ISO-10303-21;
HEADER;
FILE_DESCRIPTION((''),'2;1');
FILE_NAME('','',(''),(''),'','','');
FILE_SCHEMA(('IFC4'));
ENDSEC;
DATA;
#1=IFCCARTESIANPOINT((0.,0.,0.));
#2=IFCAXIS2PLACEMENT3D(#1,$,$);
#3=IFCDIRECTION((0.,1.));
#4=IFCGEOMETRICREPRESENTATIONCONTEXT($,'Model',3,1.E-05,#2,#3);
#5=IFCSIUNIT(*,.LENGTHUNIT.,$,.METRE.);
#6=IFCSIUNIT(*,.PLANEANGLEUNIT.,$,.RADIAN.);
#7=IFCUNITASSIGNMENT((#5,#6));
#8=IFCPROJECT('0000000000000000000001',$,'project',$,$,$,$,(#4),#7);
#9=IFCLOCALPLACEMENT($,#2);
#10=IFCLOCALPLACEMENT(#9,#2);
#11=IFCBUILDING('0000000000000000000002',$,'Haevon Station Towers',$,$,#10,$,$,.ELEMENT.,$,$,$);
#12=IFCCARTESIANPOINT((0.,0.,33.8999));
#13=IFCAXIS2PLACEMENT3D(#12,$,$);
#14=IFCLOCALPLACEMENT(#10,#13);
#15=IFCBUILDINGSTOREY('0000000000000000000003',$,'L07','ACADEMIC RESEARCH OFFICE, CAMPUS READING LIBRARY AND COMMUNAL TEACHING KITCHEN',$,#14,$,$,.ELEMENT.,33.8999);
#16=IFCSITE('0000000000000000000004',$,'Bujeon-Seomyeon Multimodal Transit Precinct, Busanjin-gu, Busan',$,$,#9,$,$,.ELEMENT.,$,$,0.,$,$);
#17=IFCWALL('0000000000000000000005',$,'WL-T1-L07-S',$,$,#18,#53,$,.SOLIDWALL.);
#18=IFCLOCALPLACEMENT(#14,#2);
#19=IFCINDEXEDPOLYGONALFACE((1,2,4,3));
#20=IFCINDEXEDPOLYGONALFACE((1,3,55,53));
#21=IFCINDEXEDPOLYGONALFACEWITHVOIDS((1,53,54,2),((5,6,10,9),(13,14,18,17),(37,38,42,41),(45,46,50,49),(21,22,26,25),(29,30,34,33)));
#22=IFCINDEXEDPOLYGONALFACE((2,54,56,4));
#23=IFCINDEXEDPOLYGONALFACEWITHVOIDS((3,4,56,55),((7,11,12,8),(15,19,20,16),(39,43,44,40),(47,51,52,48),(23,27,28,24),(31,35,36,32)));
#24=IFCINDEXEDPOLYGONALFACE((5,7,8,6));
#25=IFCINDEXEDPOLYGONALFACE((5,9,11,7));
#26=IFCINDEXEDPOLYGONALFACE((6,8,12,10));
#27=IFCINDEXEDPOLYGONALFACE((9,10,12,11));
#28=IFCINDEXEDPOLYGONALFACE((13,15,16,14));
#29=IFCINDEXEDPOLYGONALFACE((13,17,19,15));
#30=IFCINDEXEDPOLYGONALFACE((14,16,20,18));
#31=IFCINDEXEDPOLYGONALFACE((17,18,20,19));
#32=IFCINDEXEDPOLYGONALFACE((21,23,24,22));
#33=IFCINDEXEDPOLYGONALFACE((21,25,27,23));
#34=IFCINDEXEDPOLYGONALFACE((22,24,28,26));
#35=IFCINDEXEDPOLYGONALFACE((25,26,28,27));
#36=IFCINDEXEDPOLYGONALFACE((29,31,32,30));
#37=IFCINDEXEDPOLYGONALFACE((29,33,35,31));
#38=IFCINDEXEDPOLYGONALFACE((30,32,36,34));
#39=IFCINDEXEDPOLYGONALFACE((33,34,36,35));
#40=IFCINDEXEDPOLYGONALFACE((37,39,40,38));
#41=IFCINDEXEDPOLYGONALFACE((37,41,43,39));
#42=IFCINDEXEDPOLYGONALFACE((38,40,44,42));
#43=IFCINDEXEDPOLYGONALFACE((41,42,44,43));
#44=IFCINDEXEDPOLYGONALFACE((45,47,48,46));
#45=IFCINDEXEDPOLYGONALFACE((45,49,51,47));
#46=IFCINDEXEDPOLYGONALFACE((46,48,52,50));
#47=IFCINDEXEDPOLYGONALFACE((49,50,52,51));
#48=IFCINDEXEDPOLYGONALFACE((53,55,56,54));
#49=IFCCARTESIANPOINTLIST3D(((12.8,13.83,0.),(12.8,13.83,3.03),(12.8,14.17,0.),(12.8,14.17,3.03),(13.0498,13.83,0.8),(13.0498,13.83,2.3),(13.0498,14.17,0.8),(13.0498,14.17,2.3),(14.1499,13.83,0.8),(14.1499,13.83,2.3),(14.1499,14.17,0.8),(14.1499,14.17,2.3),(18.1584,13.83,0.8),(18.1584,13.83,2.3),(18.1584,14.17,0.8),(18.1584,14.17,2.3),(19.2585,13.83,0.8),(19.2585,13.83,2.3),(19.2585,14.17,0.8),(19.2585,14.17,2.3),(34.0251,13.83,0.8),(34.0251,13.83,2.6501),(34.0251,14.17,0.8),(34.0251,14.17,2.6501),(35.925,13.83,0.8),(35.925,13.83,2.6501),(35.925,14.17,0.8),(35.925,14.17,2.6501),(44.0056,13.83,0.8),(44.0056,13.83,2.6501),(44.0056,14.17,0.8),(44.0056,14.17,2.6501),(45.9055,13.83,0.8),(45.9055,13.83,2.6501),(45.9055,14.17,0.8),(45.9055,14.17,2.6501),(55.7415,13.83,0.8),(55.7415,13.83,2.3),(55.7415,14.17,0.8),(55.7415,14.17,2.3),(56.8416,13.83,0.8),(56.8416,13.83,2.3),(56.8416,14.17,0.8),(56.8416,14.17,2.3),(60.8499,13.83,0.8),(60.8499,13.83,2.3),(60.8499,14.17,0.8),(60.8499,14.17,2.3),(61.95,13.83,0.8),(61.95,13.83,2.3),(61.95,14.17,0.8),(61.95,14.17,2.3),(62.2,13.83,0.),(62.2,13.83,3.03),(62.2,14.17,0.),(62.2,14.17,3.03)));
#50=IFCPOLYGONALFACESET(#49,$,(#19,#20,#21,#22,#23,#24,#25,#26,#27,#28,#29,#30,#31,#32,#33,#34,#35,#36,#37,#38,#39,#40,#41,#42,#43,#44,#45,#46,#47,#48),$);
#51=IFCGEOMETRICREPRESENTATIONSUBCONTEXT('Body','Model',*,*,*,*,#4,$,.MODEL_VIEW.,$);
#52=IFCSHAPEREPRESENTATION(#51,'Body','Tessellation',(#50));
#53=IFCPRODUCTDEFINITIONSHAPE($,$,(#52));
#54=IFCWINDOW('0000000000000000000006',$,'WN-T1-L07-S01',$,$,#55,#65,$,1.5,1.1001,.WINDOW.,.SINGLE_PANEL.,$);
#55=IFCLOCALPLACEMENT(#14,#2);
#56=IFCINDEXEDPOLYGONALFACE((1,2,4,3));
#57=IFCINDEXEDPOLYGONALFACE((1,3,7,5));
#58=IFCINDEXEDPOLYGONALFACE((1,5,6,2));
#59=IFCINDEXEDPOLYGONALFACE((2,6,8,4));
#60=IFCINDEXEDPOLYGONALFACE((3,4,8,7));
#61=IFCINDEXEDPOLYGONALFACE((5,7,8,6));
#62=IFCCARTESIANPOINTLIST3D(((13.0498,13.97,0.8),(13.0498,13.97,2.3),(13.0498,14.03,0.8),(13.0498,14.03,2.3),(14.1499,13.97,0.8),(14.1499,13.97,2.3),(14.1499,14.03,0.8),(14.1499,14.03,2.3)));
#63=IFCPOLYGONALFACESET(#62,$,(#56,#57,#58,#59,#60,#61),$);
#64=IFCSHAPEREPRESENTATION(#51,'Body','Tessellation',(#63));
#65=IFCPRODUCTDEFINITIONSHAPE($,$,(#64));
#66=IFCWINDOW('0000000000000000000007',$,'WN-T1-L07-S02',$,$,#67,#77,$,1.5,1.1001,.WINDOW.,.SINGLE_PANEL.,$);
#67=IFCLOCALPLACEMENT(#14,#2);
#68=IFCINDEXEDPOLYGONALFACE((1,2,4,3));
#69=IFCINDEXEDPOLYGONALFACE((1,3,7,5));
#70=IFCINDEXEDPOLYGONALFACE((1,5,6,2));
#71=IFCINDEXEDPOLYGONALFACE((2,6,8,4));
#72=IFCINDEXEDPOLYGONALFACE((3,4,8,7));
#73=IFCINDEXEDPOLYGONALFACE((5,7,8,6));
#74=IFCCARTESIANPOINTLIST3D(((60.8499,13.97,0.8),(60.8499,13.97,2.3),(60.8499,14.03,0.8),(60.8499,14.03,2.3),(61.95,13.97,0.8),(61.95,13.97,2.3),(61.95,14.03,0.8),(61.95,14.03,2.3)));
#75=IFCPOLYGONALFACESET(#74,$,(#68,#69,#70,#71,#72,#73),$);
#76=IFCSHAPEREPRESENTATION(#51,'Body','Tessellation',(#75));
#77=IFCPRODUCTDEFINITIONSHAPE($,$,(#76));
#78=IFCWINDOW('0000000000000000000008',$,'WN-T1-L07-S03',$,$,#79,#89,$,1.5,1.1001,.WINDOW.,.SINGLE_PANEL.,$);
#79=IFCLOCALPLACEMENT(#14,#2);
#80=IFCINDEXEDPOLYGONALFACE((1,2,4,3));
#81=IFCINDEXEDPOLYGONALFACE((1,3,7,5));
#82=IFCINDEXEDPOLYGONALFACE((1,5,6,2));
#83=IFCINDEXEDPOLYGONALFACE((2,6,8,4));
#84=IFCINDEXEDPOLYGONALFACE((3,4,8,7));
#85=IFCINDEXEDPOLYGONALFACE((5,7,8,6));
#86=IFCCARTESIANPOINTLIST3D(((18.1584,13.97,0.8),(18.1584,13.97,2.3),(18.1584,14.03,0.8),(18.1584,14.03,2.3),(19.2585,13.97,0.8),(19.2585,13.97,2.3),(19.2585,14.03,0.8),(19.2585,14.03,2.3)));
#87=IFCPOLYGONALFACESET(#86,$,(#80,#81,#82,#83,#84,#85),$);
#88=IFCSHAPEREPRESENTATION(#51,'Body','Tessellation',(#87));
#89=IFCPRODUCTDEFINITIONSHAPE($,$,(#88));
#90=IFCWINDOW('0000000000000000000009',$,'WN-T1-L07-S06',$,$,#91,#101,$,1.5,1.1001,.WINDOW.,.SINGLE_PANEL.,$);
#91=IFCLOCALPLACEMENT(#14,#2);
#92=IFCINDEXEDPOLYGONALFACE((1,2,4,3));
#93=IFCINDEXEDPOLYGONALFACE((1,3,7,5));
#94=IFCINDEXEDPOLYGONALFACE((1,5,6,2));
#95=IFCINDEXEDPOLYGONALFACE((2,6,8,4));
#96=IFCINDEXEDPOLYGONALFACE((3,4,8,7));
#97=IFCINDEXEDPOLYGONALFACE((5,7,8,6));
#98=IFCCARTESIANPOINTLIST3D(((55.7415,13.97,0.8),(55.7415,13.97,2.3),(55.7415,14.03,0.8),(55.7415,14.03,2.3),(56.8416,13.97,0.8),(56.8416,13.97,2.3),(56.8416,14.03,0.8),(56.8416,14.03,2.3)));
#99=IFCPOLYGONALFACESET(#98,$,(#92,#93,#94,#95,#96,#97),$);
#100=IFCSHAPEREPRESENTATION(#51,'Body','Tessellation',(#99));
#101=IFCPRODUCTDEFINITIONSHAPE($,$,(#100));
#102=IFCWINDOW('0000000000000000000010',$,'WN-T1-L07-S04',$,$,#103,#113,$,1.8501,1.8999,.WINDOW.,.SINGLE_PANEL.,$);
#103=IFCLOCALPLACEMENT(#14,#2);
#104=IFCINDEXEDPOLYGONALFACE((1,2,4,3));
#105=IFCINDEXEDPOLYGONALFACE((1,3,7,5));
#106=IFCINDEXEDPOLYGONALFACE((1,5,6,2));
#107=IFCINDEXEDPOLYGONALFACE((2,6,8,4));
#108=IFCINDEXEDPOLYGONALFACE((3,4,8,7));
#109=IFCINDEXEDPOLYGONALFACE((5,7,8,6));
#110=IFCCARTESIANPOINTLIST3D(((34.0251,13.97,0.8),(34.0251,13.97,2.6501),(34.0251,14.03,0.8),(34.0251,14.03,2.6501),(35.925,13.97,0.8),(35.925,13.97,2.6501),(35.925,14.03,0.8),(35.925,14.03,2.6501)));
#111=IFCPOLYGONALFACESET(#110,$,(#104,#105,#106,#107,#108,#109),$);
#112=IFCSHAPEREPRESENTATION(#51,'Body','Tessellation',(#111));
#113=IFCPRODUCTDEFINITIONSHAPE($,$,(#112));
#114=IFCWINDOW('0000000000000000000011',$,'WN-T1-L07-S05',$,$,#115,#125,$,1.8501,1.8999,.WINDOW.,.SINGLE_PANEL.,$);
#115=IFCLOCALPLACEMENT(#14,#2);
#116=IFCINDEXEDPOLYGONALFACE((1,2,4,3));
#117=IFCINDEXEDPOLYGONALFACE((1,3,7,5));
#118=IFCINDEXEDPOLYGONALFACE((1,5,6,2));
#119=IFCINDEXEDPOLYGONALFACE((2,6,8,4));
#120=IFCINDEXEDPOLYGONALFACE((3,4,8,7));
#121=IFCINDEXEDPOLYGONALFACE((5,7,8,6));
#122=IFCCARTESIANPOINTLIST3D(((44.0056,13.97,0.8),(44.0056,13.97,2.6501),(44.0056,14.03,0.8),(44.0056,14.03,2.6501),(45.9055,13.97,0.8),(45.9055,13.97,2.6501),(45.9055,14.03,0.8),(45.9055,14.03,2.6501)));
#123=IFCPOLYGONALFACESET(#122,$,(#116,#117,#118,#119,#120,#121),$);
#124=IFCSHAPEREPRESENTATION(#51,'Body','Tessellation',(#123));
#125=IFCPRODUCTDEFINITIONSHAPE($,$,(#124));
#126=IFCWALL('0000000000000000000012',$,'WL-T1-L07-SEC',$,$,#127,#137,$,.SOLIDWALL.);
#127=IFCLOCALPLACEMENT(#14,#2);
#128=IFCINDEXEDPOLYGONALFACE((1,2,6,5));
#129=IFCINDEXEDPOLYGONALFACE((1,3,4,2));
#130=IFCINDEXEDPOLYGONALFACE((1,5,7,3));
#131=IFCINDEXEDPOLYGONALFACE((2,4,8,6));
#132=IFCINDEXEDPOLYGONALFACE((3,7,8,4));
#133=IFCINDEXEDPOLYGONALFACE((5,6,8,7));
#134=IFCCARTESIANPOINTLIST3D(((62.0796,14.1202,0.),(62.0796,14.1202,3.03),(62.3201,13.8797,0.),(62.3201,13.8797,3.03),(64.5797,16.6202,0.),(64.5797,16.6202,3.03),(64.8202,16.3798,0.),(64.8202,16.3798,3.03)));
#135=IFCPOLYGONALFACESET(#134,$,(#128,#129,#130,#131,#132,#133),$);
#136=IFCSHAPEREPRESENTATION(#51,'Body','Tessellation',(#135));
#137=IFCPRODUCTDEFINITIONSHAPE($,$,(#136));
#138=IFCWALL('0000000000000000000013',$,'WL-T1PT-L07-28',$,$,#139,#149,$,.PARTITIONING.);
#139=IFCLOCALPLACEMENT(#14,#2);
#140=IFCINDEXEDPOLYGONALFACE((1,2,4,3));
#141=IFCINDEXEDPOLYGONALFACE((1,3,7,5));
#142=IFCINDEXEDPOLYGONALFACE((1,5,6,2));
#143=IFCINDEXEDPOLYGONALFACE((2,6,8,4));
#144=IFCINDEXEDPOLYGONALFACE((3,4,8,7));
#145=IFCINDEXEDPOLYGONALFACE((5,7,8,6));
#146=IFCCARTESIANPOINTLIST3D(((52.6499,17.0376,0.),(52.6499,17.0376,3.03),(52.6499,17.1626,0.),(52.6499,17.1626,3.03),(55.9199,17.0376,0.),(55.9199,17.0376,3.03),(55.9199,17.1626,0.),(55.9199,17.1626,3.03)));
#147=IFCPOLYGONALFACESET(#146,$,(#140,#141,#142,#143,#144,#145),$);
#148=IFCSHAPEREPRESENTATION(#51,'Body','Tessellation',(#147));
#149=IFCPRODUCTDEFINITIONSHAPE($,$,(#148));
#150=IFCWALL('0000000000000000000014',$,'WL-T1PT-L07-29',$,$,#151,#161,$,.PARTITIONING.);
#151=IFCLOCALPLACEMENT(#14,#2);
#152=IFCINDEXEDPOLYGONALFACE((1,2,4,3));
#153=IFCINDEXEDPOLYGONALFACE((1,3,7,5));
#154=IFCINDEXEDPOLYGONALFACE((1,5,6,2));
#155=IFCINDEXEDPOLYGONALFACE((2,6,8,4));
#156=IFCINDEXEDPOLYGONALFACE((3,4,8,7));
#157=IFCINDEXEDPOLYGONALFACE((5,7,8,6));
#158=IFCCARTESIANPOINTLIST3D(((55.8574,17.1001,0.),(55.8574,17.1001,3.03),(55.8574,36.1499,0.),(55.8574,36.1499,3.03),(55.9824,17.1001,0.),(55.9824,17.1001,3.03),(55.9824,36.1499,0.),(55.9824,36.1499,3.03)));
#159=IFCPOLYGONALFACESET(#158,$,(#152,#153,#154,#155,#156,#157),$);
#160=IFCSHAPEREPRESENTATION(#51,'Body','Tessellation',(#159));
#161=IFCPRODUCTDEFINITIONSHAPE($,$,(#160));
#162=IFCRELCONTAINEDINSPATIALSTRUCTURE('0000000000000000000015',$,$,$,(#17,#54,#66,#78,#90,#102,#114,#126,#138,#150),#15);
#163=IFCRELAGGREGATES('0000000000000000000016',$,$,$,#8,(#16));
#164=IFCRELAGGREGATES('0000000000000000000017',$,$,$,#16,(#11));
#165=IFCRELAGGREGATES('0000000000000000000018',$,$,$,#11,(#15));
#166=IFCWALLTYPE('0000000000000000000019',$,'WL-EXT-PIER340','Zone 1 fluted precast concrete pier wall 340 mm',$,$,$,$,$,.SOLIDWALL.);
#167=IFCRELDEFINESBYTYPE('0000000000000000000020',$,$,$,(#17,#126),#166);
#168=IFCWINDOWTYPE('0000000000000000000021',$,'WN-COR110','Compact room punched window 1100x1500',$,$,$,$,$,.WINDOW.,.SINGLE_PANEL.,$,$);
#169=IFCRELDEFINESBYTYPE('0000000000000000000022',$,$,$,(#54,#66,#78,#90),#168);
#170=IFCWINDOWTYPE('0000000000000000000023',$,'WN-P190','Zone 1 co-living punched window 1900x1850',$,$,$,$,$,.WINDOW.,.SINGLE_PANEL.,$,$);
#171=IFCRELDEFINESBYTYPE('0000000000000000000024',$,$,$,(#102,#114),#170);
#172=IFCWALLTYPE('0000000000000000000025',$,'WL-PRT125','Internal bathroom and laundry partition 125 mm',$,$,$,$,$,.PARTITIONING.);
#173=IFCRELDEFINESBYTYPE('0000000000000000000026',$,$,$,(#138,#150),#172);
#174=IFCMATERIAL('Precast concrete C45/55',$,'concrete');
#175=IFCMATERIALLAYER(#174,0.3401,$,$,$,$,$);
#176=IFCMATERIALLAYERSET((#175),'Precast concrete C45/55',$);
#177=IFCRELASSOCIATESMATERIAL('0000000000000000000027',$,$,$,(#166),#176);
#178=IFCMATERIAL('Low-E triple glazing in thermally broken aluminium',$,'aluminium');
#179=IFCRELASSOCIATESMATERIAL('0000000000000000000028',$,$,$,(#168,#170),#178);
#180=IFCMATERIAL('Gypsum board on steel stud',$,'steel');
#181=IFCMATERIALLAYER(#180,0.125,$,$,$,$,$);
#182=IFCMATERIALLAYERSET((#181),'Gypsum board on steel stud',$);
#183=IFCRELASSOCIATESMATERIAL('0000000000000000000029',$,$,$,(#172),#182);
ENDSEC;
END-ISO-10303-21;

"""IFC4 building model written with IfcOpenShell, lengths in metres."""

from ifc_helpers import new_model, si_unit, direction, frame, frame_2d, origin, place, context, subcontext, project, spatial, rectangle, extrude, material, layer, layer_set, type_object, element, fill, save


model = new_model("IFC4")

# Units and contexts
model_context = context("Model", 3, precision=1e-05, world=origin(), true_north=direction((0.0, 1.0)))
body_context = subcontext(model_context, "Body", "Model", "MODEL_VIEW")
ifc_project = project(units=[si_unit("LENGTHUNIT", "METRE"), si_unit("PLANEANGLEUNIT", "RADIAN")], contexts=[model_context])

# Site, building, storey
site_placement = place(None, origin())
site = spatial("IfcSite", under=ifc_project, at=site_placement, Name="Bujeon-Seomyeon Multimodal Transit Precinct, Busanjin-gu, Busan", CompositionType="ELEMENT", RefElevation=0.0)
building_placement = place(site_placement, origin())
building = spatial("IfcBuilding", under=site, at=building_placement, Name="Haevon Station Towers", CompositionType="ELEMENT")
storey_placement = place(building_placement, frame((0.0, 0.0, 33.8999)))
storey = spatial("IfcBuildingStorey", under=building, at=storey_placement, Name="L07", Description="ACADEMIC RESEARCH OFFICE, CAMPUS READING LIBRARY AND COMMUNAL TEACHING KITCHEN", CompositionType="ELEMENT", Elevation=33.8999)

# Shared definitions
ifc_material_1 = material(Name="Gypsum board on steel stud", Category="steel")

# Wall, openings, windows
ifc_material_2 = material(Name="Precast concrete C45/55", Category="concrete")
ifc_layer_1 = layer(ifc_material_2, 0.3401)
ifc_layer_set_1 = layer_set([ifc_layer_1], Name="Precast concrete C45/55")
wall_type_1 = type_object("IfcWallType", Name="WL-EXT-PIER340", Description="Zone 1 fluted precast concrete pier wall 340 mm", PredefinedType="SOLIDWALL", material=ifc_layer_set_1)
wall_1_placement = place(storey_placement, frame((62.2, 14.0, 0.0), z_axis=(0.0, 0.0, 1.0), x_axis=(-1.0, 0.0, 0.0)))
wall_1 = element("IfcWall", 1, at=wall_1_placement, inside=storey, type_object=wall_type_1, Name="WL-T1-L07-S", PredefinedType="SOLIDWALL", context=body_context, shape_type="SweptSolid", body=[
    extrude(rectangle(XDim=49.3999, YDim=0.3401, at=frame_2d((24.7, 0.0))), origin(), (0.0, 0.0, 1.0), 3.03),
])
opening_1_placement = place(wall_1_placement, frame((48.05, 0.0, 0.8)))
opening_1 = element("IfcOpeningElement", 2, at=opening_1_placement, cuts=wall_1, PredefinedType="OPENING", context=body_context, shape_type="SweptSolid", body=[
    extrude(rectangle(XDim=1.1001, YDim=1.5, at=frame_2d((0.55, 0.75))), frame((0.0, 0.1799, 0.0), z_axis=(0.0, -1.0, 0.0), x_axis=(1.0, 0.0, 0.0)), (0.0, 0.0, 1.0), 0.3601),
])
opening_2_placement = place(wall_1_placement, frame((0.25, 0.0, 0.8)))
opening_2 = element("IfcOpeningElement", 3, at=opening_2_placement, cuts=wall_1, PredefinedType="OPENING", context=body_context, shape_type="SweptSolid", body=[
    extrude(rectangle(XDim=1.1001, YDim=1.5, at=frame_2d((0.55, 0.75))), frame((0.0, 0.1799, 0.0), z_axis=(0.0, -1.0, 0.0), x_axis=(1.0, 0.0, 0.0)), (0.0, 0.0, 1.0), 0.3601),
])
opening_3_placement = place(wall_1_placement, frame((42.9414, 0.0, 0.8)))
opening_3 = element("IfcOpeningElement", 4, at=opening_3_placement, cuts=wall_1, PredefinedType="OPENING", context=body_context, shape_type="SweptSolid", body=[
    extrude(rectangle(XDim=1.1001, YDim=1.5, at=frame_2d((0.55, 0.75))), frame((0.0, 0.1799, 0.0), z_axis=(0.0, -1.0, 0.0), x_axis=(1.0, 0.0, 0.0)), (0.0, 0.0, 1.0), 0.3601),
])
opening_4_placement = place(wall_1_placement, frame((26.2749, 0.0, 0.8)))
opening_4 = element("IfcOpeningElement", 5, at=opening_4_placement, cuts=wall_1, PredefinedType="OPENING", context=body_context, shape_type="SweptSolid", body=[
    extrude(rectangle(XDim=1.8999, YDim=1.8501, at=frame_2d((0.95, 0.925))), frame((0.0, 0.1799, 0.0), z_axis=(0.0, -1.0, 0.0), x_axis=(1.0, 0.0, 0.0)), (0.0, 0.0, 1.0), 0.3601),
])
opening_5_placement = place(wall_1_placement, frame((16.2944, 0.0, 0.8)))
opening_5 = element("IfcOpeningElement", 6, at=opening_5_placement, cuts=wall_1, PredefinedType="OPENING", context=body_context, shape_type="SweptSolid", body=[
    extrude(rectangle(XDim=1.8999, YDim=1.8501, at=frame_2d((0.95, 0.925))), frame((0.0, 0.1799, 0.0), z_axis=(0.0, -1.0, 0.0), x_axis=(1.0, 0.0, 0.0)), (0.0, 0.0, 1.0), 0.3601),
])
opening_6_placement = place(wall_1_placement, frame((5.3584, 0.0, 0.8)))
opening_6 = element("IfcOpeningElement", 7, at=opening_6_placement, cuts=wall_1, PredefinedType="OPENING", context=body_context, shape_type="SweptSolid", body=[
    extrude(rectangle(XDim=1.1001, YDim=1.5, at=frame_2d((0.55, 0.75))), frame((0.0, 0.1799, 0.0), z_axis=(0.0, -1.0, 0.0), x_axis=(1.0, 0.0, 0.0)), (0.0, 0.0, 1.0), 0.3601),
])
ifc_material_3 = material(Name="Low-E triple glazing in thermally broken aluminium", Category="aluminium")
window_type_1 = type_object("IfcWindowType", Name="WN-COR110", Description="Compact room punched window 1100x1500", PartitioningType="SINGLE_PANEL", PredefinedType="WINDOW", material=ifc_material_3)
window_1_placement = place(opening_1_placement, origin())
window_1 = element("IfcWindow", 8, at=window_1_placement, inside=storey, type_object=window_type_1, Name="WN-T1-L07-S01", OverallHeight=1.5, OverallWidth=1.1001, PartitioningType="SINGLE_PANEL", PredefinedType="WINDOW", context=body_context, shape_type="SweptSolid", body=[
    extrude(rectangle(XDim=1.1001, YDim=1.5, at=frame_2d((0.55, 0.75))), frame((0.0, 0.03, 0.0), z_axis=(0.0, -1.0, 0.0), x_axis=(1.0, 0.0, 0.0)), (0.0, 0.0, 1.0), 0.0601),
])
fill(opening_1, window_1)
window_2_placement = place(opening_2_placement, origin())
window_2 = element("IfcWindow", 9, at=window_2_placement, inside=storey, type_object=window_type_1, Name="WN-T1-L07-S02", OverallHeight=1.5, OverallWidth=1.1001, PartitioningType="SINGLE_PANEL", PredefinedType="WINDOW", context=body_context, shape_type="SweptSolid", body=[
    extrude(rectangle(XDim=1.1001, YDim=1.5, at=frame_2d((0.55, 0.75))), frame((0.0, 0.03, 0.0), z_axis=(0.0, -1.0, 0.0), x_axis=(1.0, 0.0, 0.0)), (0.0, 0.0, 1.0), 0.0601),
])
fill(opening_2, window_2)
window_3_placement = place(opening_3_placement, origin())
window_3 = element("IfcWindow", 10, at=window_3_placement, inside=storey, type_object=window_type_1, Name="WN-T1-L07-S03", OverallHeight=1.5, OverallWidth=1.1001, PartitioningType="SINGLE_PANEL", PredefinedType="WINDOW", context=body_context, shape_type="SweptSolid", body=[
    extrude(rectangle(XDim=1.1001, YDim=1.5, at=frame_2d((0.55, 0.75))), frame((0.0, 0.03, 0.0), z_axis=(0.0, -1.0, 0.0), x_axis=(1.0, 0.0, 0.0)), (0.0, 0.0, 1.0), 0.0601),
])
fill(opening_3, window_3)
window_4_placement = place(opening_6_placement, origin())
window_4 = element("IfcWindow", 11, at=window_4_placement, inside=storey, type_object=window_type_1, Name="WN-T1-L07-S06", OverallHeight=1.5, OverallWidth=1.1001, PartitioningType="SINGLE_PANEL", PredefinedType="WINDOW", context=body_context, shape_type="SweptSolid", body=[
    extrude(rectangle(XDim=1.1001, YDim=1.5, at=frame_2d((0.55, 0.75))), frame((0.0, 0.03, 0.0), z_axis=(0.0, -1.0, 0.0), x_axis=(1.0, 0.0, 0.0)), (0.0, 0.0, 1.0), 0.0601),
])
fill(opening_6, window_4)
window_type_2 = type_object("IfcWindowType", Name="WN-P190", Description="Zone 1 co-living punched window 1900x1850", PartitioningType="SINGLE_PANEL", PredefinedType="WINDOW", material=ifc_material_3)
window_5_placement = place(opening_4_placement, origin())
window_5 = element("IfcWindow", 12, at=window_5_placement, inside=storey, type_object=window_type_2, Name="WN-T1-L07-S04", OverallHeight=1.8501, OverallWidth=1.8999, PartitioningType="SINGLE_PANEL", PredefinedType="WINDOW", context=body_context, shape_type="SweptSolid", body=[
    extrude(rectangle(XDim=1.8999, YDim=1.8501, at=frame_2d((0.95, 0.925))), frame((0.0, 0.03, 0.0), z_axis=(0.0, -1.0, 0.0), x_axis=(1.0, 0.0, 0.0)), (0.0, 0.0, 1.0), 0.0601),
])
fill(opening_4, window_5)
window_6_placement = place(opening_5_placement, origin())
window_6 = element("IfcWindow", 13, at=window_6_placement, inside=storey, type_object=window_type_2, Name="WN-T1-L07-S05", OverallHeight=1.8501, OverallWidth=1.8999, PartitioningType="SINGLE_PANEL", PredefinedType="WINDOW", context=body_context, shape_type="SweptSolid", body=[
    extrude(rectangle(XDim=1.8999, YDim=1.8501, at=frame_2d((0.95, 0.925))), frame((0.0, 0.03, 0.0), z_axis=(0.0, -1.0, 0.0), x_axis=(1.0, 0.0, 0.0)), (0.0, 0.0, 1.0), 0.0601),
])
fill(opening_5, window_6)

# Walls
wall_2_placement = place(storey_placement, frame((64.7, 16.5, 0.0), z_axis=(0.0, 0.0, 1.0), x_axis=(-0.707107, -0.707107, 0.0)))
element("IfcWall", 14, at=wall_2_placement, inside=storey, type_object=wall_type_1, Name="WL-T1-L07-SEC", PredefinedType="SOLIDWALL", context=body_context, shape_type="SweptSolid", body=[
    extrude(rectangle(XDim=3.5356, YDim=0.3401, at=frame_2d((1.7678, 0.0))), origin(), (0.0, 0.0, 1.0), 3.03),
])
ifc_layer_2 = layer(ifc_material_1, 0.125)
ifc_layer_set_2 = layer_set([ifc_layer_2], Name="Gypsum board on steel stud")
wall_type_2 = type_object("IfcWallType", Name="WL-PRT125", Description="Internal bathroom and laundry partition 125 mm", PredefinedType="PARTITIONING", material=ifc_layer_set_2)
wall_3_placement = place(storey_placement, frame((52.6499, 17.1001, 0.0), z_axis=(0.0, 0.0, 1.0), x_axis=(1.0, 0.0, 0.0)))
element("IfcWall", 15, at=wall_3_placement, inside=storey, type_object=wall_type_2, Name="WL-T1PT-L07-28", PredefinedType="PARTITIONING", context=body_context, shape_type="SweptSolid", body=[
    extrude(rectangle(XDim=3.27, YDim=0.125, at=frame_2d((1.635, 0.0))), origin(), (0.0, 0.0, 1.0), 3.03),
])
wall_4_placement = place(storey_placement, frame((55.9199, 17.1001, 0.0), z_axis=(0.0, 0.0, 1.0), x_axis=(0.0, 1.0, 0.0)))
element("IfcWall", 16, at=wall_4_placement, inside=storey, type_object=wall_type_2, Name="WL-T1PT-L07-29", PredefinedType="PARTITIONING", context=body_context, shape_type="SweptSolid", body=[
    extrude(rectangle(XDim=19.0498, YDim=0.125, at=frame_2d((9.5249, 0.0))), origin(), (0.0, 0.0, 1.0), 3.03),
])

save(model, "model.ifc")
